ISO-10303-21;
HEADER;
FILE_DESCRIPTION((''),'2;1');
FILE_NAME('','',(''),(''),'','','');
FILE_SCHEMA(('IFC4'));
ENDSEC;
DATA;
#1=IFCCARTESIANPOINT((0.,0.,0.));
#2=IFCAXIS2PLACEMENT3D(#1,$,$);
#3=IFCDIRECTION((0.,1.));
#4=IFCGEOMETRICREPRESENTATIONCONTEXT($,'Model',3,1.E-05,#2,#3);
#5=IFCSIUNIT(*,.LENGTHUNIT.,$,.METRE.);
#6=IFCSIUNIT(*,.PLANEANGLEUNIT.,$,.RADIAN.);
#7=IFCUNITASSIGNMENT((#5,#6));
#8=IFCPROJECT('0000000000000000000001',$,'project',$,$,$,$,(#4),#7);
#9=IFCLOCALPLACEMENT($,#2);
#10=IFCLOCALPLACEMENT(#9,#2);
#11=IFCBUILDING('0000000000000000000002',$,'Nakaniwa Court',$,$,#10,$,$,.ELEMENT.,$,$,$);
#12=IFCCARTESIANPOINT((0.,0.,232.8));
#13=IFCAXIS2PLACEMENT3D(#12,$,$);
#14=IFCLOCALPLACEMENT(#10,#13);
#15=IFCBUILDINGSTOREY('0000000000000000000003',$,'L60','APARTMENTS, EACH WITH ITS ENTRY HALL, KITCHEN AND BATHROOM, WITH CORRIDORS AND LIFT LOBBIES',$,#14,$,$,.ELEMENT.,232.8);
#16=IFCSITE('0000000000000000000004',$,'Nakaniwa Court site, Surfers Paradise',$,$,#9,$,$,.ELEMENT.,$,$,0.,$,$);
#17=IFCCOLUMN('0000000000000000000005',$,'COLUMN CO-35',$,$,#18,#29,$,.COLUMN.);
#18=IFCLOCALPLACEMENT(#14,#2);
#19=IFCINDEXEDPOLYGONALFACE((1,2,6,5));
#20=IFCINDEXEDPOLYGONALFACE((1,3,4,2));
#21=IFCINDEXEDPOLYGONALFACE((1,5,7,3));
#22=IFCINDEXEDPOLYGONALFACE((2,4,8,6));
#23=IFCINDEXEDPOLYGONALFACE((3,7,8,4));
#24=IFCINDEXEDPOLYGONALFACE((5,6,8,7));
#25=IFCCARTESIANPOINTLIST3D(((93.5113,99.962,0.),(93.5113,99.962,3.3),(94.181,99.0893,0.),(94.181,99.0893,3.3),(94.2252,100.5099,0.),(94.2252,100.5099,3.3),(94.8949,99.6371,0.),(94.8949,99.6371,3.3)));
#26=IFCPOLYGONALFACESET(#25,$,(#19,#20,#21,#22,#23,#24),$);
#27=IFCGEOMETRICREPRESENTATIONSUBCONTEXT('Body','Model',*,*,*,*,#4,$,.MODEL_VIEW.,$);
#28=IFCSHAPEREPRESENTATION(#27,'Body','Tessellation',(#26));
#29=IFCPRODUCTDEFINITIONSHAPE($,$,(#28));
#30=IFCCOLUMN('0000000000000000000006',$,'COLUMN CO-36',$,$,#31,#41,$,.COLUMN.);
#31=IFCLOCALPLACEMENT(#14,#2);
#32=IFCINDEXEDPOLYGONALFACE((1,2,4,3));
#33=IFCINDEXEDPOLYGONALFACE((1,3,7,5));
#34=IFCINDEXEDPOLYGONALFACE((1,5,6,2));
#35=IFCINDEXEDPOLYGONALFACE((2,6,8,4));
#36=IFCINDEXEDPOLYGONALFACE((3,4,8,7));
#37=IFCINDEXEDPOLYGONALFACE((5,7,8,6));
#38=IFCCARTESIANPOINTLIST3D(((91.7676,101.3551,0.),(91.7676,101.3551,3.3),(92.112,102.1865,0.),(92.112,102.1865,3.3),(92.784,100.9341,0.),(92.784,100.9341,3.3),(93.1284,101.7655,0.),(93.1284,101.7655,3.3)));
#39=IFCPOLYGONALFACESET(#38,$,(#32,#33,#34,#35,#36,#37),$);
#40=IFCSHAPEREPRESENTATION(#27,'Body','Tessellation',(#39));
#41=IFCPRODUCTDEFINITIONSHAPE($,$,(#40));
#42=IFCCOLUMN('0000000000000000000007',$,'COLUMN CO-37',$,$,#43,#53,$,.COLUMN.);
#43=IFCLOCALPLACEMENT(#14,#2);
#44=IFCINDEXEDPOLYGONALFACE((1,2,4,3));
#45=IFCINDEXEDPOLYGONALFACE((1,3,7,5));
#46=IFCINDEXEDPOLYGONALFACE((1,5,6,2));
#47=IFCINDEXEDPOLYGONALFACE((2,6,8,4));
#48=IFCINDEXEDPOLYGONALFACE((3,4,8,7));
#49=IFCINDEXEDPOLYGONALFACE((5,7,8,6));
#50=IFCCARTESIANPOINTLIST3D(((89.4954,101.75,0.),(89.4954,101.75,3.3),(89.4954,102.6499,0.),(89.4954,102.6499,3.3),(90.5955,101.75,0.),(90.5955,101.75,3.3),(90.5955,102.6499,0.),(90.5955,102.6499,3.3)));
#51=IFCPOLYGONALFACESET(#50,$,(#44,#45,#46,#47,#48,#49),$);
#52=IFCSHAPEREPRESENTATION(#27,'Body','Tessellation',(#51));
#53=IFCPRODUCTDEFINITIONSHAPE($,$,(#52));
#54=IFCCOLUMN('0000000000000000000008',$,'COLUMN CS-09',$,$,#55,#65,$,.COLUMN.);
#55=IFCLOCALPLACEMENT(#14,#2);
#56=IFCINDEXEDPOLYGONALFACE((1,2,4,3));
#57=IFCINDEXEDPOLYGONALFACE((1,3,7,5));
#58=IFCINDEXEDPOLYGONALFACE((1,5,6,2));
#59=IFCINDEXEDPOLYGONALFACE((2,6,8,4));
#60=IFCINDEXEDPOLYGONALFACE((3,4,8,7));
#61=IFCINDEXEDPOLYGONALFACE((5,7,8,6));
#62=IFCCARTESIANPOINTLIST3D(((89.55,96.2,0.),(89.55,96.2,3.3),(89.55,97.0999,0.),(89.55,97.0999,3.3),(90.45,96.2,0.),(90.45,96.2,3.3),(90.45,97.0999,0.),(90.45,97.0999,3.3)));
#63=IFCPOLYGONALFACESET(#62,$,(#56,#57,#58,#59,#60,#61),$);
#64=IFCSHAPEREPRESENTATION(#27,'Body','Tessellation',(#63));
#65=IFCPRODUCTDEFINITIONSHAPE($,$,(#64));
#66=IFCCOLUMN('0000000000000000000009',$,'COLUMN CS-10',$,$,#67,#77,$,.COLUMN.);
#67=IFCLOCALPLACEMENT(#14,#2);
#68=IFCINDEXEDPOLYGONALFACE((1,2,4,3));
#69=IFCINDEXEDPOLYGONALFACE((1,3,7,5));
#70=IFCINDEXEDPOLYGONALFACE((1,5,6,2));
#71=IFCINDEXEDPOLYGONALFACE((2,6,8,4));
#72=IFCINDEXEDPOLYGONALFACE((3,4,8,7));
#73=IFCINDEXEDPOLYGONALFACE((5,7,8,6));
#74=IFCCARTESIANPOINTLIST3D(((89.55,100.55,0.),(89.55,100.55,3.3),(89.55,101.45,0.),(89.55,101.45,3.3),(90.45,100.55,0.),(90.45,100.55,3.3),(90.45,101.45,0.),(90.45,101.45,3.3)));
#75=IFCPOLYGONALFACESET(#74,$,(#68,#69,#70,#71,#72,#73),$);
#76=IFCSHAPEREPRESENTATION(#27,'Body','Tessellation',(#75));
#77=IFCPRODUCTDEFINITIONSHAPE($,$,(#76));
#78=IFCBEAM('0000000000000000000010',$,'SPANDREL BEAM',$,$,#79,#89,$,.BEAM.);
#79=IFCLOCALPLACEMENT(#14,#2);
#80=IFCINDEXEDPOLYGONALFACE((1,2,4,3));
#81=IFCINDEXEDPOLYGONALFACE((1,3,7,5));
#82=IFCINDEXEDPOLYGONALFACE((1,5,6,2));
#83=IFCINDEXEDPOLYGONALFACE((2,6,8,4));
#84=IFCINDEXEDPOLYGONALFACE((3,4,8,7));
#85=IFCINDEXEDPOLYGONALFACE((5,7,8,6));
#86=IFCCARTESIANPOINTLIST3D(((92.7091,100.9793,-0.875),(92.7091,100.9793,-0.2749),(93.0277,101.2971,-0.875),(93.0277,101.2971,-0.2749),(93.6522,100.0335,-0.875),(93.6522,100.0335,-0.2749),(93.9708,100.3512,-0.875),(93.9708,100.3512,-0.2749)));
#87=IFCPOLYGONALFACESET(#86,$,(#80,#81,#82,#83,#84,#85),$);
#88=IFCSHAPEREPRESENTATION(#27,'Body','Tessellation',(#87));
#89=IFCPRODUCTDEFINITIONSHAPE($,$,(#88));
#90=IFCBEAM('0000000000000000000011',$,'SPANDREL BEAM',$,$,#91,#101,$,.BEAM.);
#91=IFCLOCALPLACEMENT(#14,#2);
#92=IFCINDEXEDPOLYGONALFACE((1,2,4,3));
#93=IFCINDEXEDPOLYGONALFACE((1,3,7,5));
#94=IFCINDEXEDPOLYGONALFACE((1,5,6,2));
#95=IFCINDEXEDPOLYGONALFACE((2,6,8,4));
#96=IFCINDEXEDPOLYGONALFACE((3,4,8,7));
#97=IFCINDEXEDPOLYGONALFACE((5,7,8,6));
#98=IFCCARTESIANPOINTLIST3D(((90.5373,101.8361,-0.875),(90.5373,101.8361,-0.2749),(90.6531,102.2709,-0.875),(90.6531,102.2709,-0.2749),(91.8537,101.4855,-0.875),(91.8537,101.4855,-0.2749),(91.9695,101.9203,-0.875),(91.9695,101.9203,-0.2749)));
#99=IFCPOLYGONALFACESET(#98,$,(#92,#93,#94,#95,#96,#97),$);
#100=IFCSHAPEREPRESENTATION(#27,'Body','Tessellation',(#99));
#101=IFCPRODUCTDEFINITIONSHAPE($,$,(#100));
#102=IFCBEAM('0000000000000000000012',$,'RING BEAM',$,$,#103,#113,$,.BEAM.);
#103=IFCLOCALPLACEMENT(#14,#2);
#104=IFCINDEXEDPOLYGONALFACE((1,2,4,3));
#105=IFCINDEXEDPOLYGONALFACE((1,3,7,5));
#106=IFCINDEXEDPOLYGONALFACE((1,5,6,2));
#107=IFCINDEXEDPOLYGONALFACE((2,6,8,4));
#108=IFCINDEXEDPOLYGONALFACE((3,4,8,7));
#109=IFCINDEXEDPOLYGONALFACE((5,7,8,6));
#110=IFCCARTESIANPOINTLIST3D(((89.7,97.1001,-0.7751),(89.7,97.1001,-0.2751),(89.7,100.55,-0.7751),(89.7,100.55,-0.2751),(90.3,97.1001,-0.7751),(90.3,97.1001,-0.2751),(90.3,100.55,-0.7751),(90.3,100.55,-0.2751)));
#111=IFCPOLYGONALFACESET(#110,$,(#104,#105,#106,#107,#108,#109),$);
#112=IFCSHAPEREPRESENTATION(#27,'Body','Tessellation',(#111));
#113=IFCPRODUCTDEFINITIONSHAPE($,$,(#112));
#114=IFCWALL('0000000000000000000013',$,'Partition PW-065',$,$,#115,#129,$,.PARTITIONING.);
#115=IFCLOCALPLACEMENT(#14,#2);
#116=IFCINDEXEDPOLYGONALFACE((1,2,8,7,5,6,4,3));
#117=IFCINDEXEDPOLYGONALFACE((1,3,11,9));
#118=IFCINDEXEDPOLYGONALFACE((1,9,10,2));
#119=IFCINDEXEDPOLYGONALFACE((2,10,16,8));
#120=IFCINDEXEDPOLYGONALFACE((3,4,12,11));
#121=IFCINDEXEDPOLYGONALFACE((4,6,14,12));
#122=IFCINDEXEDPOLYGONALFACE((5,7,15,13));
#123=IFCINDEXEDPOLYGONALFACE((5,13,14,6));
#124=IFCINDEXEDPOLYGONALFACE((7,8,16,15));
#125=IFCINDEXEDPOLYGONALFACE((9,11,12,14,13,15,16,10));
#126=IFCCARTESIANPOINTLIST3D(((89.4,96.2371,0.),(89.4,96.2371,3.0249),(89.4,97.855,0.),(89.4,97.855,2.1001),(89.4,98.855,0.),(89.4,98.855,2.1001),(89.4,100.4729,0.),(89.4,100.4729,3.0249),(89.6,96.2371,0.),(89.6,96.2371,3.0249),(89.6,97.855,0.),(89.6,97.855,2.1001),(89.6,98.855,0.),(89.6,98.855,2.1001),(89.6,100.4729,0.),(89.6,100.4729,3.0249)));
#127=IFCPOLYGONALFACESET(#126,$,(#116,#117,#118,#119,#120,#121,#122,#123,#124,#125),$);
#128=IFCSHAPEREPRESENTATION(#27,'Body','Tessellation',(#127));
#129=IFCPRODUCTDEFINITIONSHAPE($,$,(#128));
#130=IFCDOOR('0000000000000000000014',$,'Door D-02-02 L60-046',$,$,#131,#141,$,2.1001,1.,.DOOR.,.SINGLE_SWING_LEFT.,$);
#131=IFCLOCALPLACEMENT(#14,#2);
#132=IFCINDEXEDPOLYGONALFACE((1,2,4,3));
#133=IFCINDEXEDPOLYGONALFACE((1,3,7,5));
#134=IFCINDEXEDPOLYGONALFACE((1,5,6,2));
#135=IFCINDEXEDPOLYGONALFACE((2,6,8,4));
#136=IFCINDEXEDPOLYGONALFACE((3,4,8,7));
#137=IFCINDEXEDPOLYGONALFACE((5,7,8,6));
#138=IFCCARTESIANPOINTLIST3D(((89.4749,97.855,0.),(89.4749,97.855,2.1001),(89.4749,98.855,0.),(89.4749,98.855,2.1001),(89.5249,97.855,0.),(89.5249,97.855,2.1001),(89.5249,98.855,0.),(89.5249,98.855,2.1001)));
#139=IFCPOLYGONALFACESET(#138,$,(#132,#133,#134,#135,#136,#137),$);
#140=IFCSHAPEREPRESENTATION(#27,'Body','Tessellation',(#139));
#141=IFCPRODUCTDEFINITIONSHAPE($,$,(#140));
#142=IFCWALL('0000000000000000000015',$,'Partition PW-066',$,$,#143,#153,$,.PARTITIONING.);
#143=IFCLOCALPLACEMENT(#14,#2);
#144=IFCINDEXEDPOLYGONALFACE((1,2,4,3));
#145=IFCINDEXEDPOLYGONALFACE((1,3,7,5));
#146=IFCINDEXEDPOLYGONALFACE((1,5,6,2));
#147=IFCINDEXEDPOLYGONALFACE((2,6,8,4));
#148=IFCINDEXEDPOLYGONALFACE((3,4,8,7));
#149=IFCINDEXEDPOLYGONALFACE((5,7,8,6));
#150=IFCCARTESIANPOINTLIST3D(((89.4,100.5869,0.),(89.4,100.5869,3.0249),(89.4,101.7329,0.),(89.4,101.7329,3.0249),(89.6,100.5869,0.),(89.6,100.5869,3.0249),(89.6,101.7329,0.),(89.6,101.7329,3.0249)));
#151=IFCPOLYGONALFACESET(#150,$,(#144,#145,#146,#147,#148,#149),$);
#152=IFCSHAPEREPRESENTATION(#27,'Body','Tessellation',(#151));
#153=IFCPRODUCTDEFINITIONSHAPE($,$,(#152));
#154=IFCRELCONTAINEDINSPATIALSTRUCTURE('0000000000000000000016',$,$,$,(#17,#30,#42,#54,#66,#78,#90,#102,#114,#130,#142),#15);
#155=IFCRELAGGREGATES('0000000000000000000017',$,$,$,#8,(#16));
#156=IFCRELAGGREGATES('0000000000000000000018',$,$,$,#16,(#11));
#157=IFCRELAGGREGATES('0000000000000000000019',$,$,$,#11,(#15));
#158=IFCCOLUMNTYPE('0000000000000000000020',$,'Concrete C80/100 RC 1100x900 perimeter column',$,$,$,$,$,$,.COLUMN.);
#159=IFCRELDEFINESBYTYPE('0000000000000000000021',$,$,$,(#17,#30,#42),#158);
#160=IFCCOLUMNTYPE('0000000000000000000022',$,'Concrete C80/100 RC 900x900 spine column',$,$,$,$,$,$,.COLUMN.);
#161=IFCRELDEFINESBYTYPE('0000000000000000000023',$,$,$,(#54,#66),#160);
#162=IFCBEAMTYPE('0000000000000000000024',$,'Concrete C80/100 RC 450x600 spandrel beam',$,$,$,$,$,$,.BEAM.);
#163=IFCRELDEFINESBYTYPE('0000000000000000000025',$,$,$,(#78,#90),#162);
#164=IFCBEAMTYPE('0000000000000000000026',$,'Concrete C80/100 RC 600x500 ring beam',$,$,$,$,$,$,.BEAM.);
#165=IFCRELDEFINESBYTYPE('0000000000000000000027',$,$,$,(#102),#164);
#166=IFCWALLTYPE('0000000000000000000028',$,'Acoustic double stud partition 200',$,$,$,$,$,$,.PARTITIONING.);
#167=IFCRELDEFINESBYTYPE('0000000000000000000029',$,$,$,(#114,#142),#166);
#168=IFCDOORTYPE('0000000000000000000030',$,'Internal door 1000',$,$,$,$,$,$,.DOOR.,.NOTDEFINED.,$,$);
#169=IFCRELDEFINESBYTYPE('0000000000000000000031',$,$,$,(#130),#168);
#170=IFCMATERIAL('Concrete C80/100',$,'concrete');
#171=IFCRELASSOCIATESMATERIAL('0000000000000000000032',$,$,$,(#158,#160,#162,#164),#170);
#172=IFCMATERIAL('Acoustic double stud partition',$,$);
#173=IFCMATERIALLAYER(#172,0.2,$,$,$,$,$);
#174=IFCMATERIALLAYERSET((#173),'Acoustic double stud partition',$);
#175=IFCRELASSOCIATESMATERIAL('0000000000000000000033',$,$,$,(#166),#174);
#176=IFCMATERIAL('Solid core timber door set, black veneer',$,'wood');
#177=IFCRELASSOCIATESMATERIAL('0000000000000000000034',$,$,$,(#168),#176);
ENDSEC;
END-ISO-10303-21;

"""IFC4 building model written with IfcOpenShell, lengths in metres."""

from ifc_helpers import new_model, si_unit, direction, frame, frame_2d, origin, origin_2d, place, context, subcontext, project, spatial, rectangle, extrude, material, layer, layer_set, material_profile, profile_set, type_object, element, fill, save


model = new_model("IFC4")

# Units and contexts
model_context = context("Model", 3, precision=1e-05, world=origin(), true_north=direction((0.0, 1.0)))
body_context = subcontext(model_context, "Body", "Model", "MODEL_VIEW")
ifc_project = project(units=[si_unit("LENGTHUNIT", "METRE"), si_unit("PLANEANGLEUNIT", "RADIAN")], contexts=[model_context])

# Site, building, storey
site_placement = place(None, origin())
site = spatial("IfcSite", under=ifc_project, at=site_placement, Name="Nakaniwa Court site, Surfers Paradise", CompositionType="ELEMENT", RefElevation=0.0)
building_placement = place(site_placement, origin())
building = spatial("IfcBuilding", under=site, at=building_placement, Name="Nakaniwa Court", CompositionType="ELEMENT")
storey_placement = place(building_placement, frame((0.0, 0.0, 232.8)))
storey = spatial("IfcBuildingStorey", under=building, at=storey_placement, Name="L60", Description="APARTMENTS, EACH WITH ITS ENTRY HALL, KITCHEN AND BATHROOM, WITH CORRIDORS AND LIFT LOBBIES", CompositionType="ELEMENT", Elevation=232.8)

# Columns
ifc_material_1 = material(Name="Concrete C80/100", Category="concrete")
ifc_material_profile_1 = material_profile(ifc_material_1, rectangle(XDim=1.1001, YDim=0.8999, at=origin_2d()), Name="Concrete C80/100 RC 1100x900 perimeter column")
ifc_profile_set_1 = profile_set([ifc_material_profile_1], Name="Concrete C80/100")
column_type_1 = type_object("IfcColumnType", Name="Concrete C80/100 RC 1100x900 perimeter column", PredefinedType="COLUMN", material=ifc_profile_set_1)
for number, where, z_axis, x_axis, name in (
    (1, (94.2031, 99.7996, 0.0), (0.0, 0.0, 1.0), (-0.608761, 0.793353, 0.0), "COLUMN CO-35"),
    (2, (92.448, 101.5603, 0.0), (0.0, 0.0, 1.0), (-0.92388, 0.382683, 0.0), "COLUMN CO-36"),
    (3, (90.0454, 102.2, 0.0), (0.0, 0.0, 1.0), (-1.0, 0.0, 0.0), "COLUMN CO-37"),
):
    element("IfcColumn", number, at=place(storey_placement, frame(where, z_axis=z_axis, x_axis=x_axis)), inside=storey, type_object=column_type_1, Name=name, PredefinedType="COLUMN", context=body_context, shape_type="SweptSolid", body=[
        extrude(rectangle(XDim=1.1001, YDim=0.8999, at=origin_2d()), origin(), (0.0, 0.0, 1.0), 3.3),
    ])
ifc_material_profile_2 = material_profile(ifc_material_1, rectangle(XDim=0.8999, YDim=0.8999, at=origin_2d()), Name="Concrete C80/100 RC 900x900 spine column")
ifc_profile_set_2 = profile_set([ifc_material_profile_2], Name="Concrete C80/100")
column_type_2 = type_object("IfcColumnType", Name="Concrete C80/100 RC 900x900 spine column", PredefinedType="COLUMN", material=ifc_profile_set_2)
for number, where, z_axis, x_axis, name in (
    (4, (90.0, 96.6499, 0.0), (0.0, 0.0, 1.0), (0.0, 1.0, 0.0), "COLUMN CS-09"),
    (5, (90.0, 101.0, 0.0), (0.0, 0.0, 1.0), (0.0, 1.0, 0.0), "COLUMN CS-10"),
):
    element("IfcColumn", number, at=place(storey_placement, frame(where, z_axis=z_axis, x_axis=x_axis)), inside=storey, type_object=column_type_2, Name=name, PredefinedType="COLUMN", context=body_context, shape_type="SweptSolid", body=[
        extrude(rectangle(XDim=0.8999, YDim=0.8999, at=origin_2d()), origin(), (0.0, 0.0, 1.0), 3.3),
    ])

# Beams
ifc_material_profile_3 = material_profile(ifc_material_1, rectangle(XDim=0.45, YDim=0.6001, at=origin_2d()), Name="Concrete C80/100 RC 450x600 spandrel beam")
ifc_profile_set_3 = profile_set([ifc_material_profile_3], Name="Concrete C80/100")
beam_type_1 = type_object("IfcBeamType", Name="Concrete C80/100 RC 450x600 spandrel beam", PredefinedType="BEAM", material=ifc_profile_set_3)
beam_1_placement = place(storey_placement, frame((93.8115, 100.1924, -0.575), z_axis=(-0.706101, 0.708111, 0.0), x_axis=(-0.708111, -0.706101, 0.0)))
element("IfcBeam", 6, at=beam_1_placement, inside=storey, type_object=beam_type_1, Name="SPANDREL BEAM", PredefinedType="BEAM", context=body_context, shape_type="SweptSolid", body=[
    extrude(rectangle(XDim=0.45, YDim=0.6001, at=origin_2d()), origin(), (0.0, 0.0, 1.0), 1.3357),
])
beam_2_placement = place(storey_placement, frame((91.9116, 101.7029, -0.575), z_axis=(-0.966318, 0.25735, 0.0), x_axis=(-0.25735, -0.966318, 0.0)))
element("IfcBeam", 7, at=beam_2_placement, inside=storey, type_object=beam_type_1, Name="SPANDREL BEAM", PredefinedType="BEAM", context=body_context, shape_type="SweptSolid", body=[
    extrude(rectangle(XDim=0.45, YDim=0.6001, at=origin_2d()), origin(), (0.0, 0.0, 1.0), 1.3623),
])
ifc_material_profile_4 = material_profile(ifc_material_1, rectangle(XDim=0.6001, YDim=0.5, at=origin_2d()), Name="Concrete C80/100 RC 600x500 ring beam")
ifc_profile_set_4 = profile_set([ifc_material_profile_4], Name="Concrete C80/100")
beam_type_2 = type_object("IfcBeamType", Name="Concrete C80/100 RC 600x500 ring beam", PredefinedType="BEAM", material=ifc_profile_set_4)
beam_3_placement = place(storey_placement, frame((90.0, 97.1001, -0.5251), z_axis=(0.0, 1.0, 0.0), x_axis=(-1.0, 0.0, 0.0)))
element("IfcBeam", 8, at=beam_3_placement, inside=storey, type_object=beam_type_2, Name="RING BEAM", PredefinedType="BEAM", context=body_context, shape_type="SweptSolid", body=[
    extrude(rectangle(XDim=0.6001, YDim=0.5, at=origin_2d()), origin(), (0.0, 0.0, 1.0), 3.45),
])

# Wall, opening, door
ifc_material_2 = material(Name="Acoustic double stud partition")
ifc_layer_1 = layer(ifc_material_2, 0.2)
ifc_layer_set_1 = layer_set([ifc_layer_1], Name="Acoustic double stud partition")
wall_type_1 = type_object("IfcWallType", Name="Acoustic double stud partition 200", PredefinedType="PARTITIONING", material=ifc_layer_set_1)
wall_1_placement = place(storey_placement, frame((89.5, 100.4729, 0.0), z_axis=(0.0, 0.0, 1.0), x_axis=(0.0, -1.0, 0.0)))
wall_1 = element("IfcWall", 9, at=wall_1_placement, inside=storey, type_object=wall_type_1, Name="Partition PW-065", PredefinedType="PARTITIONING", context=body_context, shape_type="SweptSolid", body=[
    extrude(rectangle(XDim=4.2358, YDim=0.2, at=frame_2d((2.1179, 0.0))), origin(), (0.0, 0.0, 1.0), 3.0249),
])
opening_1_placement = place(wall_1_placement, frame((1.6179, 0.0, 0.0)))
opening_1 = element("IfcOpeningElement", 10, at=opening_1_placement, cuts=wall_1, PredefinedType="OPENING", context=body_context, shape_type="SweptSolid", body=[
    extrude(rectangle(XDim=1.0, YDim=2.1001, at=frame_2d((0.5, 1.05))), frame((0.0, 0.1099, 0.0), z_axis=(0.0, -1.0, 0.0), x_axis=(1.0, 0.0, 0.0)), (0.0, 0.0, 1.0), 0.22),
])
ifc_material_3 = material(Name="Solid core timber door set, black veneer", Category="wood")
door_type = type_object("IfcDoorType", Name="Internal door 1000", OperationType="NOTDEFINED", PredefinedType="DOOR", material=ifc_material_3)
door_placement = place(opening_1_placement, origin())
door = element("IfcDoor", 11, at=door_placement, inside=storey, type_object=door_type, Name="Door D-02-02 L60-046", OperationType="SINGLE_SWING_LEFT", OverallHeight=2.1001, OverallWidth=1.0, PredefinedType="DOOR", context=body_context, shape_type="SweptSolid", body=[
    extrude(rectangle(XDim=1.0, YDim=2.1001, at=frame_2d((0.5, 1.05))), frame((0.0, 0.0249, 0.0), z_axis=(0.0, -1.0, 0.0), x_axis=(1.0, 0.0, 0.0)), (0.0, 0.0, 1.0), 0.05),
])
fill(opening_1, door)

# Wall
wall_2_placement = place(storey_placement, frame((89.5, 100.5869, 0.0), z_axis=(0.0, 0.0, 1.0), x_axis=(0.0, 1.0, 0.0)))
element("IfcWall", 12, at=wall_2_placement, inside=storey, type_object=wall_type_1, Name="Partition PW-066", PredefinedType="PARTITIONING", context=body_context, shape_type="SweptSolid", body=[
    extrude(rectangle(XDim=1.146, YDim=0.2, at=frame_2d((0.573, 0.0))), origin(), (0.0, 0.0, 1.0), 3.0249),
])

save(model, "model.ifc")
